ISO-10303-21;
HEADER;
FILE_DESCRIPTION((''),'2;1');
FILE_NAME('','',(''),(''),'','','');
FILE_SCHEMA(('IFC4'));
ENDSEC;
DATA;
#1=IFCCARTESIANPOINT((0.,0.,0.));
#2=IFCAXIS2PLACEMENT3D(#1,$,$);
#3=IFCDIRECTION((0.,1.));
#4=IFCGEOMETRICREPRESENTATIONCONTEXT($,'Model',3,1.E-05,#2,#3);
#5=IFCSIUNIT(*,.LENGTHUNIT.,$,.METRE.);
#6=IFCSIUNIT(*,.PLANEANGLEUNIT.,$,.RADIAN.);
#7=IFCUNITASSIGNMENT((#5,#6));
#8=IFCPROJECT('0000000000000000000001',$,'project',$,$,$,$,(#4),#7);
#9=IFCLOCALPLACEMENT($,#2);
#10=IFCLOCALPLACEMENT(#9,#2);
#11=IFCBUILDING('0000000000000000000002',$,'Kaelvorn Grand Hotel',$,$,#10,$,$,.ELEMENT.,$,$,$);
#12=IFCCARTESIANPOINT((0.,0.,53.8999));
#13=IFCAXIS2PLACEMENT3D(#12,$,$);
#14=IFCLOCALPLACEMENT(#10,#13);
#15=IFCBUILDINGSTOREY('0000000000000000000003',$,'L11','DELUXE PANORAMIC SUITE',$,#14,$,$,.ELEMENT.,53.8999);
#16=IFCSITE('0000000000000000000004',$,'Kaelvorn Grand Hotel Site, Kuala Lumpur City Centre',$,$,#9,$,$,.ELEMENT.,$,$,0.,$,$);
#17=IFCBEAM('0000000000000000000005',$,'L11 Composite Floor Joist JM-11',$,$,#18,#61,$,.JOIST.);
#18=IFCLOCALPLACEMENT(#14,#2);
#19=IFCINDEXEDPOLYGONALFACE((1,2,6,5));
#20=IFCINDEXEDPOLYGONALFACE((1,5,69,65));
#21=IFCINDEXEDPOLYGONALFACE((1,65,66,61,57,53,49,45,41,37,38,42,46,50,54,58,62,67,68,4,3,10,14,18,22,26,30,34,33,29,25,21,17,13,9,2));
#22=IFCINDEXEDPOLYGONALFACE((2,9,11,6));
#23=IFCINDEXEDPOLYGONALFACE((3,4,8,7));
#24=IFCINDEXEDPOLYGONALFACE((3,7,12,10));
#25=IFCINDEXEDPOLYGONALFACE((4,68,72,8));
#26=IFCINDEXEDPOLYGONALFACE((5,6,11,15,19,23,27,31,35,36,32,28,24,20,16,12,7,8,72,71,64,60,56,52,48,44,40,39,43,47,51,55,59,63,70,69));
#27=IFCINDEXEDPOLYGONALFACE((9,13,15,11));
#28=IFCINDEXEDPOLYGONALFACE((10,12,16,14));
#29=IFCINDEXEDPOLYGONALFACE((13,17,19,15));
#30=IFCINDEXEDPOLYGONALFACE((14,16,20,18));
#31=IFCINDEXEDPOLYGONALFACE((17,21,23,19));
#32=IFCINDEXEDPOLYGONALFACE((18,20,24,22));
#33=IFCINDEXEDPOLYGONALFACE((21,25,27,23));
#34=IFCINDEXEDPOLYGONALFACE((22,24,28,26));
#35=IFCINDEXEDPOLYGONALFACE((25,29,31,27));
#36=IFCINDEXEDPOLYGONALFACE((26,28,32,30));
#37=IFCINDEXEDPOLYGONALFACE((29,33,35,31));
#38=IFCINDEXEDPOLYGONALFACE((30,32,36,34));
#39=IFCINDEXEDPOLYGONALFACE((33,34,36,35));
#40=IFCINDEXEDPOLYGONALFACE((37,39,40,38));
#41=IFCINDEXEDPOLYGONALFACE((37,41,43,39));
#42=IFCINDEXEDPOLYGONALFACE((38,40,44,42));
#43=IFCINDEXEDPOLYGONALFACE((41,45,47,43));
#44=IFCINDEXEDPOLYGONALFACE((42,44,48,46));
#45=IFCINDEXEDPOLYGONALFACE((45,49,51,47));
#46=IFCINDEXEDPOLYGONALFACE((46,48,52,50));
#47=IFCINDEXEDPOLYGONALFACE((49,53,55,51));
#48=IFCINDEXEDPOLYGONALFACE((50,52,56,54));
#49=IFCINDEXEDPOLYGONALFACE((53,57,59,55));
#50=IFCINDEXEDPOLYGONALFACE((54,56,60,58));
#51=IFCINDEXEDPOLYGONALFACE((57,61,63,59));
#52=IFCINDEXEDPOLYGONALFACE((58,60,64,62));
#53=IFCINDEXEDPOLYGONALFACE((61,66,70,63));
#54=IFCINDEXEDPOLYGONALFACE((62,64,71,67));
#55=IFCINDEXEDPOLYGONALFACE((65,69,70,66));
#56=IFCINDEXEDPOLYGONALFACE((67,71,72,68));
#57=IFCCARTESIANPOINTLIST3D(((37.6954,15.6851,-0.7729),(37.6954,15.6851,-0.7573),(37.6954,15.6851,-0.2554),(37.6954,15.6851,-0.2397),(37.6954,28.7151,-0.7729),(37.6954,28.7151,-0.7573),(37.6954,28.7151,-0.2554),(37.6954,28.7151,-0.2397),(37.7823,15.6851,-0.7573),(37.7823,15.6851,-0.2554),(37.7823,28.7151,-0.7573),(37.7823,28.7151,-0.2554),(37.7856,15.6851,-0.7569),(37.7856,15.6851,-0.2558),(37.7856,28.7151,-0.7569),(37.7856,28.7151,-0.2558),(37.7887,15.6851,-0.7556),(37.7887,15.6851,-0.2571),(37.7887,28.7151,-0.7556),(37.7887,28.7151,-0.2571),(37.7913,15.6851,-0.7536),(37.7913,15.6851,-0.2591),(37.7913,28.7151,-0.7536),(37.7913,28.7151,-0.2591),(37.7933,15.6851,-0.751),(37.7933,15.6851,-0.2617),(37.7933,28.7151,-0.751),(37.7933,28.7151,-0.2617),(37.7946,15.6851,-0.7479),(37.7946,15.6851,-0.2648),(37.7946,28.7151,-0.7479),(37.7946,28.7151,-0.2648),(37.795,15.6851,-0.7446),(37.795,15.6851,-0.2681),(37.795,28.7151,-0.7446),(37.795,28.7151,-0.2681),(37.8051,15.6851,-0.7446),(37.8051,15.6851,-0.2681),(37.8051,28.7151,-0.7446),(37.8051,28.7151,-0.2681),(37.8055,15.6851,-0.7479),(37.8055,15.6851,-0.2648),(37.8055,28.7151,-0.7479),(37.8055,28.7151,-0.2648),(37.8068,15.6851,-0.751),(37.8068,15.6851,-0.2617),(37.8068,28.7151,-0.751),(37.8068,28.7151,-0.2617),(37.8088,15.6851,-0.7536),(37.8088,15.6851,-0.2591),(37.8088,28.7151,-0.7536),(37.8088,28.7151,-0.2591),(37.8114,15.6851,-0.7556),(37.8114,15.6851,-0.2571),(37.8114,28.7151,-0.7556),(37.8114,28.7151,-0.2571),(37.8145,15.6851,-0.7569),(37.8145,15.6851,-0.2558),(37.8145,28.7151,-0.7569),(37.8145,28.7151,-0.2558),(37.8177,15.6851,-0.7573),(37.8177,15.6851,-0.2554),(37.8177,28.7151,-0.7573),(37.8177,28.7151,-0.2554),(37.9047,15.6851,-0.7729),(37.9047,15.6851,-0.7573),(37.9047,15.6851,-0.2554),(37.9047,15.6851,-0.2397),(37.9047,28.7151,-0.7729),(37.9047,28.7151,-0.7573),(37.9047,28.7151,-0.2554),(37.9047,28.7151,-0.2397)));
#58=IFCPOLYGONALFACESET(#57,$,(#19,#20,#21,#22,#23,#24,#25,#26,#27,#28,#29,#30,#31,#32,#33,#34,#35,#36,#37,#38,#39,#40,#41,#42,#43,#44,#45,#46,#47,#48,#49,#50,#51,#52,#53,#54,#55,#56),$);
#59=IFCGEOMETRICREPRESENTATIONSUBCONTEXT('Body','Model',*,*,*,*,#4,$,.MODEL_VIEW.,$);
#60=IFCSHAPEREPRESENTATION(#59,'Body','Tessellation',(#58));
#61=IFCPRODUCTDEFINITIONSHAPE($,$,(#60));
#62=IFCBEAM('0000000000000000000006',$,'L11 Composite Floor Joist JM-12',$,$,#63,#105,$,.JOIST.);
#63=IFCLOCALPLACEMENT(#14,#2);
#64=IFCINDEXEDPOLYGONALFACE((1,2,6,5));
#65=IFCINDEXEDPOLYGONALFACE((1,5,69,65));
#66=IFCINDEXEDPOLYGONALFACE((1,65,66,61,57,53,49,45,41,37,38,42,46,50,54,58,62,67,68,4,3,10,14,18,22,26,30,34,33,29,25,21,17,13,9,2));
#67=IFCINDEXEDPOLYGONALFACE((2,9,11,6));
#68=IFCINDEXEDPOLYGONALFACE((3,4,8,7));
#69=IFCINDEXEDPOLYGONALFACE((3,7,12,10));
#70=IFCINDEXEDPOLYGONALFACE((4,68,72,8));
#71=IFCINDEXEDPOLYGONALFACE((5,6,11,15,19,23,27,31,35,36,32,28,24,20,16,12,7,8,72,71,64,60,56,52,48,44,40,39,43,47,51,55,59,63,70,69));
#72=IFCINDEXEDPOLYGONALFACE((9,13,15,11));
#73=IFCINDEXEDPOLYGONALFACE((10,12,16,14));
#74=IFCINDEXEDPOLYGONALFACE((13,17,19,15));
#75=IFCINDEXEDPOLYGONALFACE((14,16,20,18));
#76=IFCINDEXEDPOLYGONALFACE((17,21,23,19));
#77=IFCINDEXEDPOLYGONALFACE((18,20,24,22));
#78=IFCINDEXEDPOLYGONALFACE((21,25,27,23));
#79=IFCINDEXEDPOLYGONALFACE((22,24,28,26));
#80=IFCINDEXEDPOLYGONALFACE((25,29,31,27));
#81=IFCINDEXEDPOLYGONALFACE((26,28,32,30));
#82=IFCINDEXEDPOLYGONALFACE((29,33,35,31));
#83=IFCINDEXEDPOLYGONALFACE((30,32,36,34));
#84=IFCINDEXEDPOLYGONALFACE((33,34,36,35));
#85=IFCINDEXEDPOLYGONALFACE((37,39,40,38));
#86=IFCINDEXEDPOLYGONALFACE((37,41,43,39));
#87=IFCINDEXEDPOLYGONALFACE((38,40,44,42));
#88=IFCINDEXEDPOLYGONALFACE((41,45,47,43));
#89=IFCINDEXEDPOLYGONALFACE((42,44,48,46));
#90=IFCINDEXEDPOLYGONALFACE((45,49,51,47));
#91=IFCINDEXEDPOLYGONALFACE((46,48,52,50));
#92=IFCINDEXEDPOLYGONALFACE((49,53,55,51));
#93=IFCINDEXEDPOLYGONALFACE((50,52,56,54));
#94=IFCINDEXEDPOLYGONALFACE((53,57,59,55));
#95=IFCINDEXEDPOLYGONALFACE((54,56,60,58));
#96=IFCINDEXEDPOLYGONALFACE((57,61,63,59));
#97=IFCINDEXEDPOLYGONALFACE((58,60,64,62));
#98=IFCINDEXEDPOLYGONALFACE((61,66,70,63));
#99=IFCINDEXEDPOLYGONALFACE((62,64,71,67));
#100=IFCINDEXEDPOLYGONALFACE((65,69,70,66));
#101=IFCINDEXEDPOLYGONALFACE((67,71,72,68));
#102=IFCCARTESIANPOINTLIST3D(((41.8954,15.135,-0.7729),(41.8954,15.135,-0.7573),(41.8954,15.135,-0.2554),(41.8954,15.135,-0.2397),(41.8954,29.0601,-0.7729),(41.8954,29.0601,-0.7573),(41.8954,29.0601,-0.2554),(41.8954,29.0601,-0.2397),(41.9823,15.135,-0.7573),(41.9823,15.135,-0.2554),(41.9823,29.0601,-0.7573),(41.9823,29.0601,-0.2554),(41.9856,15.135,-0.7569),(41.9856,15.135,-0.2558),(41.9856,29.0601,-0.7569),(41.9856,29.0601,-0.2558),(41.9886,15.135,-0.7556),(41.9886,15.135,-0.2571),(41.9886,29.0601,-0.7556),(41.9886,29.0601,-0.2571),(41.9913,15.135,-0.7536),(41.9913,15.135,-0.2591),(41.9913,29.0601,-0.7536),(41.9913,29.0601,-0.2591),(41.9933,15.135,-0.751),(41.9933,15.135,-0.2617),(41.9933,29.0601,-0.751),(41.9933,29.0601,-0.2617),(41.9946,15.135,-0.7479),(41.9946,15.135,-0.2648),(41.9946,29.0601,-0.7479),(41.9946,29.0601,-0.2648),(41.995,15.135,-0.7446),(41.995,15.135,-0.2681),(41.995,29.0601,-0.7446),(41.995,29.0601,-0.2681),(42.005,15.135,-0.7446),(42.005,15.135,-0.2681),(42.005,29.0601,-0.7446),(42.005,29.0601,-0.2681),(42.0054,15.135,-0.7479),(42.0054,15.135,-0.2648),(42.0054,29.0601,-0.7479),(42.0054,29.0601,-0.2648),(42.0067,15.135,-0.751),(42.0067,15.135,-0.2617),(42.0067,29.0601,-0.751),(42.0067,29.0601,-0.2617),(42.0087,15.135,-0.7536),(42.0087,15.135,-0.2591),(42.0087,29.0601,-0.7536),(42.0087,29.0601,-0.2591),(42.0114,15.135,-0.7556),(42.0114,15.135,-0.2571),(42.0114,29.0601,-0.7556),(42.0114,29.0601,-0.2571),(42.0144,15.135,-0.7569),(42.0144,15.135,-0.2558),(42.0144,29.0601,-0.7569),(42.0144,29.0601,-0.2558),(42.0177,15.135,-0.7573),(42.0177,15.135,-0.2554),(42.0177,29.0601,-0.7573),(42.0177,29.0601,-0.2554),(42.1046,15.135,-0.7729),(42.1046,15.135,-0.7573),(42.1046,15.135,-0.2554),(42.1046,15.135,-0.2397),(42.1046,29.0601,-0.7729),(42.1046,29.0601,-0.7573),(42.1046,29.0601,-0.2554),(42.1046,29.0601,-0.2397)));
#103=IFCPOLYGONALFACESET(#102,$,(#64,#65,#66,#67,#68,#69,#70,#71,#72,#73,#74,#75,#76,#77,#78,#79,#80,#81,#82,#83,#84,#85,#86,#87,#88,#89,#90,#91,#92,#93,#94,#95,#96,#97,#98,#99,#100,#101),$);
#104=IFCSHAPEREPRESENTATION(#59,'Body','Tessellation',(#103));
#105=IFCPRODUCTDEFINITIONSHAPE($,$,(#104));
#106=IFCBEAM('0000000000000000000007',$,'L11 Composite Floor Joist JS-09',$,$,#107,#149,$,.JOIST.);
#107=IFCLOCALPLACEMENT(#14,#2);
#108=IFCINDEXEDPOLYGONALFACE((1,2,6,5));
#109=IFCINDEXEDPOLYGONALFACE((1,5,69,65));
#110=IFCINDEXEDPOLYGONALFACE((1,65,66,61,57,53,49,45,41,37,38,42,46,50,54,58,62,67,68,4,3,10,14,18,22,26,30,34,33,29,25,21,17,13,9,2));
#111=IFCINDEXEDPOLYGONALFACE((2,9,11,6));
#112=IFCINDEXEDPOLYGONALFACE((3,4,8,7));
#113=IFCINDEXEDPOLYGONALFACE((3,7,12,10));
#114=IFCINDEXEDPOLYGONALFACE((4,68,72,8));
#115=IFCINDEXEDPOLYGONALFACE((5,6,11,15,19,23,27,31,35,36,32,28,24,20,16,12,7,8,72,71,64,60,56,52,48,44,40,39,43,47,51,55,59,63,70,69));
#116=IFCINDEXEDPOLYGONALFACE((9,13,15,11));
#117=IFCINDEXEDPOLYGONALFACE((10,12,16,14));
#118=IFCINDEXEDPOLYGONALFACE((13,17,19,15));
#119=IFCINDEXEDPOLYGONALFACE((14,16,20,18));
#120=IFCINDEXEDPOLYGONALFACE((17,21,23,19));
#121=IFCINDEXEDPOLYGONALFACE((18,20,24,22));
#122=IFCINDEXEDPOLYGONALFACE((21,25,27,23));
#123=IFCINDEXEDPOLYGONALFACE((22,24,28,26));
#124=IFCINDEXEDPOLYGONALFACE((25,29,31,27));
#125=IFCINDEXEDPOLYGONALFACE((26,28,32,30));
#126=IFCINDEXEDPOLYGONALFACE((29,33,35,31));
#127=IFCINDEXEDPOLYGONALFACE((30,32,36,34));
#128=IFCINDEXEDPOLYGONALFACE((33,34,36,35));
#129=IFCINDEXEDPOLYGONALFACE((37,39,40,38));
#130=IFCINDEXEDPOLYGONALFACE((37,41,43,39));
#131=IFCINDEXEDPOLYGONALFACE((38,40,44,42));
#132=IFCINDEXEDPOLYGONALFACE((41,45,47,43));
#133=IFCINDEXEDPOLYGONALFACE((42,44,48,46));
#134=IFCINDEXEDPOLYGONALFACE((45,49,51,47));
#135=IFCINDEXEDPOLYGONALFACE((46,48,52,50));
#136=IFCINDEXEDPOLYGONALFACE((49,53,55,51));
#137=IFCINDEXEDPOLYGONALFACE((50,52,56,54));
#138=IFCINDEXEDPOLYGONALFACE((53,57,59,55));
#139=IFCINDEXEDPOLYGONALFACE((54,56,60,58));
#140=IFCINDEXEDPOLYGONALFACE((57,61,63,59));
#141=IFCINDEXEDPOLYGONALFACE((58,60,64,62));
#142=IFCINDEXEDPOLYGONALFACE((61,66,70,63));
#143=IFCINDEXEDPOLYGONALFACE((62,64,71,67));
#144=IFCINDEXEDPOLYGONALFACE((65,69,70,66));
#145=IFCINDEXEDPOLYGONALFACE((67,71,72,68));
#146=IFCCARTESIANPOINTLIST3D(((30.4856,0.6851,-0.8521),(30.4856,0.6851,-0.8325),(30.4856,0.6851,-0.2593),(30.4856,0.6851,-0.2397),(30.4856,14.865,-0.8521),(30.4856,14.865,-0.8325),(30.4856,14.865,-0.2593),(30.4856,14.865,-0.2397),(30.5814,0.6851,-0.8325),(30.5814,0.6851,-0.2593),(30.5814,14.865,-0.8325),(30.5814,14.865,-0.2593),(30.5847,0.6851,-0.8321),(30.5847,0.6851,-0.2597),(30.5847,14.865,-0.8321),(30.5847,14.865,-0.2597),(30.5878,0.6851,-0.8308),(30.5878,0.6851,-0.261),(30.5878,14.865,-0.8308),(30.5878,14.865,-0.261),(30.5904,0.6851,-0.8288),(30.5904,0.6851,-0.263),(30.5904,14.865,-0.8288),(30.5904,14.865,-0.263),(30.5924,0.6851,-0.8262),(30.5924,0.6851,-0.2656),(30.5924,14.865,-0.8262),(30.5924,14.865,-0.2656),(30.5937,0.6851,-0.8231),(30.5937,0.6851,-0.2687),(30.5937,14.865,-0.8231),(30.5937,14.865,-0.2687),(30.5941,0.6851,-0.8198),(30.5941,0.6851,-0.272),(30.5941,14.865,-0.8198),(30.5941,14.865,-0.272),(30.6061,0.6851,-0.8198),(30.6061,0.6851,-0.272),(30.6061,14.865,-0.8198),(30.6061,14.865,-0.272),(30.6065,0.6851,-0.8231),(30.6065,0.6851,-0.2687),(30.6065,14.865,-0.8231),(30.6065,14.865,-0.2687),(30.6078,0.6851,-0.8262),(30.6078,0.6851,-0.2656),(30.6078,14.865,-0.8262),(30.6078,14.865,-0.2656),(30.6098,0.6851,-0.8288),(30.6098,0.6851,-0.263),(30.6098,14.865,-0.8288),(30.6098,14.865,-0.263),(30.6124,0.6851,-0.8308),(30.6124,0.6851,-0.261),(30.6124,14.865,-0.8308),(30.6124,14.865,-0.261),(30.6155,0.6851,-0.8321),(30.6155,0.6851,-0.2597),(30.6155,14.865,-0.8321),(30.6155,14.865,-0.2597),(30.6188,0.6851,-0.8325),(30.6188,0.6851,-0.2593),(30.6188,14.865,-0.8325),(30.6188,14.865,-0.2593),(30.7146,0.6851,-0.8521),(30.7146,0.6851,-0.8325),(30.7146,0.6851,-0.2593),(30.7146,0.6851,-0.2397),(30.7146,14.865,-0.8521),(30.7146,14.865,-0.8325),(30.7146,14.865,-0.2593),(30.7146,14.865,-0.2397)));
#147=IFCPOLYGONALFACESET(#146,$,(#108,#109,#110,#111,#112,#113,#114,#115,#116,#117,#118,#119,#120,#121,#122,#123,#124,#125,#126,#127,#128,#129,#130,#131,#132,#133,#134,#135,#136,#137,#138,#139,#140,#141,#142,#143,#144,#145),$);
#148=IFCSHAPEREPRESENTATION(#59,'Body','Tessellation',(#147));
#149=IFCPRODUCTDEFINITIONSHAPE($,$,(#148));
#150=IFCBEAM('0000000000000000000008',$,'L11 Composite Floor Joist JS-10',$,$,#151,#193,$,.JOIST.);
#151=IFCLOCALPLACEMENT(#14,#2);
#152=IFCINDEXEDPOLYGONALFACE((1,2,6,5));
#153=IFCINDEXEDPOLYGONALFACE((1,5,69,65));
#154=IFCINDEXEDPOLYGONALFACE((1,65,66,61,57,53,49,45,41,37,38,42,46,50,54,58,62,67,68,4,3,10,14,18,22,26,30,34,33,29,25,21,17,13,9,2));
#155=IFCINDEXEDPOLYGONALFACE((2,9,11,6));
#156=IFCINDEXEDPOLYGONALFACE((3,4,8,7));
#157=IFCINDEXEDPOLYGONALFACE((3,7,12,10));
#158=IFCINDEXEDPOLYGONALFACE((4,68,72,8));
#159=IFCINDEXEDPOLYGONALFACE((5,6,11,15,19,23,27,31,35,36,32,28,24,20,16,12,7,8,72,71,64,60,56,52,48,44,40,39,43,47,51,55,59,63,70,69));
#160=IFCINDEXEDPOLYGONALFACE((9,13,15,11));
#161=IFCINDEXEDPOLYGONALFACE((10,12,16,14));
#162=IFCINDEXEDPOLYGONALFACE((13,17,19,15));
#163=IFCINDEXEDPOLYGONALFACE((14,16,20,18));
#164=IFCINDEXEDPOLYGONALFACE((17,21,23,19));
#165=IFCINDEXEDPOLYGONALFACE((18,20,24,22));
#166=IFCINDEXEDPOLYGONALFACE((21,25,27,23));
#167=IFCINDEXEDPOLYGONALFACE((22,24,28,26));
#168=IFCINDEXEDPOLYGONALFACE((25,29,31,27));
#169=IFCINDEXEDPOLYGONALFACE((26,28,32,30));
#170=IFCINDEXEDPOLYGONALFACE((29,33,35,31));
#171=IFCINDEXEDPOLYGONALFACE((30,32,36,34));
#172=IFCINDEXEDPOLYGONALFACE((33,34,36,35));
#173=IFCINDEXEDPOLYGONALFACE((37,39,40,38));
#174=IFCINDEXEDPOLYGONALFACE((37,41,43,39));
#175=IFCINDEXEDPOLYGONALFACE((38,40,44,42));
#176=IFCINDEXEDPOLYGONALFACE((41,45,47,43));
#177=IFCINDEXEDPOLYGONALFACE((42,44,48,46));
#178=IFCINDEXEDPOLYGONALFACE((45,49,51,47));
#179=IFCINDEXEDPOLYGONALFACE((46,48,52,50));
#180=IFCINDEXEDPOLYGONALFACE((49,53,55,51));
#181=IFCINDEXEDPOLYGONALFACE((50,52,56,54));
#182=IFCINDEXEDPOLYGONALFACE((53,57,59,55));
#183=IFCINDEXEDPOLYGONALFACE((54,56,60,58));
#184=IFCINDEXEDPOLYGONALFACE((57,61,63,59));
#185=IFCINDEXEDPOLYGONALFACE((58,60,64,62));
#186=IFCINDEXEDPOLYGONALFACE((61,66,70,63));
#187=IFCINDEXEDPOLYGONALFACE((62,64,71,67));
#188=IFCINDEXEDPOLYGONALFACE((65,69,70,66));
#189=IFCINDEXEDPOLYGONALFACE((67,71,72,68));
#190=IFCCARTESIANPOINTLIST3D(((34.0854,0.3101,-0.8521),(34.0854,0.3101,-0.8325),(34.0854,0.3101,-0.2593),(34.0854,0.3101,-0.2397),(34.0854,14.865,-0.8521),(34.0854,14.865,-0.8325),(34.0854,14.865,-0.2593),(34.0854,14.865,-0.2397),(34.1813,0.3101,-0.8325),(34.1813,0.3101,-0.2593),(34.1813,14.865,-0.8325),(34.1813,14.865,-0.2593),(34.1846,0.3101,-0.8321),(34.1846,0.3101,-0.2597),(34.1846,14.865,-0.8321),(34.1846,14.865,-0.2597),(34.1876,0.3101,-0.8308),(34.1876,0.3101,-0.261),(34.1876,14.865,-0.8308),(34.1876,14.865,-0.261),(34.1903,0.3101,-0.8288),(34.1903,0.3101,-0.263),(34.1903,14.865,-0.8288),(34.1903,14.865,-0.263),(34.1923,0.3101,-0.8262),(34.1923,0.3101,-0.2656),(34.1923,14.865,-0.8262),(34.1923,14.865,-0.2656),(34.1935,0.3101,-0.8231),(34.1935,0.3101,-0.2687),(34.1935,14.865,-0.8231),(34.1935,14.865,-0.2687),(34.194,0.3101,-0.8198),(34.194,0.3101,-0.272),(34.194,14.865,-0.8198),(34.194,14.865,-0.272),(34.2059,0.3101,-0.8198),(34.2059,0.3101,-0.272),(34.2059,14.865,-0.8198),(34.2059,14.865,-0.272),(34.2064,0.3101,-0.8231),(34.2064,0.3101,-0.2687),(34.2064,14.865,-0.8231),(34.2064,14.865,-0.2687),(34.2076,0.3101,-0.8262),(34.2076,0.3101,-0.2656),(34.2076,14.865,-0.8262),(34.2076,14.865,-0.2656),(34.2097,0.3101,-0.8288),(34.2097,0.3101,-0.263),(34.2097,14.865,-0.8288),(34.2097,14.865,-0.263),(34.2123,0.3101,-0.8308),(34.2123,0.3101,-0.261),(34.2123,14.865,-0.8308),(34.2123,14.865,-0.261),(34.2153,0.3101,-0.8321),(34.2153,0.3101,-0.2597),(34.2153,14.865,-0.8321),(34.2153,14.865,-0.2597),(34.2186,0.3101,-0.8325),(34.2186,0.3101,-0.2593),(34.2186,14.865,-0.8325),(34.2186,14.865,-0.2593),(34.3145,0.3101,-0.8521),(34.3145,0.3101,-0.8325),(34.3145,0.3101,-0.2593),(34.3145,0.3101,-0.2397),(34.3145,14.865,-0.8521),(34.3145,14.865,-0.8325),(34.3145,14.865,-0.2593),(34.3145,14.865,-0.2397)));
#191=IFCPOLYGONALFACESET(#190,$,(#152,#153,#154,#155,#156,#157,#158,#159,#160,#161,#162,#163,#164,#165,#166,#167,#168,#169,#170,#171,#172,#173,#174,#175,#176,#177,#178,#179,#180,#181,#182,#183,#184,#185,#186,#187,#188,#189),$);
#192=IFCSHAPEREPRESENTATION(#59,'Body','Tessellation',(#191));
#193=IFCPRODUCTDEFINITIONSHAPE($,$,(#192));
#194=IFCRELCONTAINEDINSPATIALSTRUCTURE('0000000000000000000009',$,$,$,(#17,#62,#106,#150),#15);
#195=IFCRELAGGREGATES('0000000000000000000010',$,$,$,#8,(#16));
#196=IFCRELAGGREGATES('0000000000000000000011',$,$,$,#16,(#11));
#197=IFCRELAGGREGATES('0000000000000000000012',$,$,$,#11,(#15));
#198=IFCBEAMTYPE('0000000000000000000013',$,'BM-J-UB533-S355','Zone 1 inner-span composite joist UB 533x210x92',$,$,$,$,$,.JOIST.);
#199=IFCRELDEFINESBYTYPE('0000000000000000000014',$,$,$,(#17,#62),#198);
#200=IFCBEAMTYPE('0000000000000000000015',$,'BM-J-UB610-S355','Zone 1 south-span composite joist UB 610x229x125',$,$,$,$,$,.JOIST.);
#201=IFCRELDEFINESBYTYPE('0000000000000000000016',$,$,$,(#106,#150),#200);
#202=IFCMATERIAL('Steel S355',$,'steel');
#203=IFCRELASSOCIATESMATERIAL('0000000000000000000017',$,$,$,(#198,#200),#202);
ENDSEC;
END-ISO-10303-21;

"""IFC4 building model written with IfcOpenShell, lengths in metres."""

from ifc_helpers import new_model, si_unit, direction, frame, origin, origin_2d, place, context, subcontext, project, spatial, i_section, extrude, material, material_profile, profile_set, type_object, element, save


model = new_model("IFC4")

# Units and contexts
model_context = context("Model", 3, precision=1e-05, world=origin(), true_north=direction((0.0, 1.0)))
body_context = subcontext(model_context, "Body", "Model", "MODEL_VIEW")
ifc_project = project(units=[si_unit("LENGTHUNIT", "METRE"), si_unit("PLANEANGLEUNIT", "RADIAN")], contexts=[model_context])

# Site, building, storey
site_placement = place(None, origin())
site = spatial("IfcSite", under=ifc_project, at=site_placement, Name="Kaelvorn Grand Hotel Site, Kuala Lumpur City Centre", CompositionType="ELEMENT", RefElevation=0.0)
building_placement = place(site_placement, origin())
building = spatial("IfcBuilding", under=site, at=building_placement, Name="Kaelvorn Grand Hotel", CompositionType="ELEMENT")
storey_placement = place(building_placement, frame((0.0, 0.0, 53.8999)))
storey = spatial("IfcBuildingStorey", under=building, at=storey_placement, Name="L11", Description="DELUXE PANORAMIC SUITE", CompositionType="ELEMENT", Elevation=53.8999)

# Beams
ifc_material_1 = material(Name="Steel S355", Category="steel")
ifc_material_profile_1 = material_profile(ifc_material_1, i_section(OverallWidth=0.2092, OverallDepth=0.5332, WebThickness=0.01, FlangeThickness=0.0156, FilletRadius=0.0127, at=origin_2d()), Name="UB 533x210x92")
ifc_profile_set_1 = profile_set([ifc_material_profile_1], Name="Steel S355")
beam_type_1 = type_object("IfcBeamType", Name="BM-J-UB533-S355", Description="Zone 1 inner-span composite joist UB 533x210x92", PredefinedType="JOIST", material=ifc_profile_set_1)
beam_1_placement = place(storey_placement, frame((37.8, 15.6851, -0.5063), z_axis=(0.0, 1.0, 0.0), x_axis=(-1.0, 0.0, 0.0)))
element("IfcBeam", 1, at=beam_1_placement, inside=storey, type_object=beam_type_1, Name="L11 Composite Floor Joist JM-11", PredefinedType="JOIST", context=body_context, shape_type="SweptSolid", body=[
    extrude(i_section(OverallWidth=0.2092, OverallDepth=0.5332, WebThickness=0.01, FlangeThickness=0.0156, FilletRadius=0.0127, at=origin_2d()), origin(), (0.0, 0.0, 1.0), 13.03),
])
beam_2_placement = place(storey_placement, frame((42.0, 15.135, -0.5063), z_axis=(0.0, 1.0, 0.0), x_axis=(-1.0, 0.0, 0.0)))
element("IfcBeam", 2, at=beam_2_placement, inside=storey, type_object=beam_type_1, Name="L11 Composite Floor Joist JM-12", PredefinedType="JOIST", context=body_context, shape_type="SweptSolid", body=[
    extrude(i_section(OverallWidth=0.2092, OverallDepth=0.5332, WebThickness=0.01, FlangeThickness=0.0156, FilletRadius=0.0127, at=origin_2d()), origin(), (0.0, 0.0, 1.0), 13.925),
])
ifc_material_profile_2 = material_profile(ifc_material_1, i_section(OverallWidth=0.229, OverallDepth=0.6123, WebThickness=0.012, FlangeThickness=0.0195, FilletRadius=0.0127, at=origin_2d()), Name="UB 610x229x125")
ifc_profile_set_2 = profile_set([ifc_material_profile_2], Name="Steel S355")
beam_type_2 = type_object("IfcBeamType", Name="BM-J-UB610-S355", Description="Zone 1 south-span composite joist UB 610x229x125", PredefinedType="JOIST", material=ifc_profile_set_2)
beam_3_placement = place(storey_placement, frame((30.6001, 0.6851, -0.5459), z_axis=(0.0, 1.0, 0.0), x_axis=(-1.0, 0.0, 0.0)))
element("IfcBeam", 3, at=beam_3_placement, inside=storey, type_object=beam_type_2, Name="L11 Composite Floor Joist JS-09", PredefinedType="JOIST", context=body_context, shape_type="SweptSolid", body=[
    extrude(i_section(OverallWidth=0.229, OverallDepth=0.6123, WebThickness=0.012, FlangeThickness=0.0195, FilletRadius=0.0127, at=origin_2d()), origin(), (0.0, 0.0, 1.0), 14.1799),
])
beam_4_placement = place(storey_placement, frame((34.2, 0.3101, -0.5459), z_axis=(0.0, 1.0, 0.0), x_axis=(-1.0, 0.0, 0.0)))
element("IfcBeam", 4, at=beam_4_placement, inside=storey, type_object=beam_type_2, Name="L11 Composite Floor Joist JS-10", PredefinedType="JOIST", context=body_context, shape_type="SweptSolid", body=[
    extrude(i_section(OverallWidth=0.229, OverallDepth=0.6123, WebThickness=0.012, FlangeThickness=0.0195, FilletRadius=0.0127, at=origin_2d()), origin(), (0.0, 0.0, 1.0), 14.5549),
])

save(model, "model.ifc")
